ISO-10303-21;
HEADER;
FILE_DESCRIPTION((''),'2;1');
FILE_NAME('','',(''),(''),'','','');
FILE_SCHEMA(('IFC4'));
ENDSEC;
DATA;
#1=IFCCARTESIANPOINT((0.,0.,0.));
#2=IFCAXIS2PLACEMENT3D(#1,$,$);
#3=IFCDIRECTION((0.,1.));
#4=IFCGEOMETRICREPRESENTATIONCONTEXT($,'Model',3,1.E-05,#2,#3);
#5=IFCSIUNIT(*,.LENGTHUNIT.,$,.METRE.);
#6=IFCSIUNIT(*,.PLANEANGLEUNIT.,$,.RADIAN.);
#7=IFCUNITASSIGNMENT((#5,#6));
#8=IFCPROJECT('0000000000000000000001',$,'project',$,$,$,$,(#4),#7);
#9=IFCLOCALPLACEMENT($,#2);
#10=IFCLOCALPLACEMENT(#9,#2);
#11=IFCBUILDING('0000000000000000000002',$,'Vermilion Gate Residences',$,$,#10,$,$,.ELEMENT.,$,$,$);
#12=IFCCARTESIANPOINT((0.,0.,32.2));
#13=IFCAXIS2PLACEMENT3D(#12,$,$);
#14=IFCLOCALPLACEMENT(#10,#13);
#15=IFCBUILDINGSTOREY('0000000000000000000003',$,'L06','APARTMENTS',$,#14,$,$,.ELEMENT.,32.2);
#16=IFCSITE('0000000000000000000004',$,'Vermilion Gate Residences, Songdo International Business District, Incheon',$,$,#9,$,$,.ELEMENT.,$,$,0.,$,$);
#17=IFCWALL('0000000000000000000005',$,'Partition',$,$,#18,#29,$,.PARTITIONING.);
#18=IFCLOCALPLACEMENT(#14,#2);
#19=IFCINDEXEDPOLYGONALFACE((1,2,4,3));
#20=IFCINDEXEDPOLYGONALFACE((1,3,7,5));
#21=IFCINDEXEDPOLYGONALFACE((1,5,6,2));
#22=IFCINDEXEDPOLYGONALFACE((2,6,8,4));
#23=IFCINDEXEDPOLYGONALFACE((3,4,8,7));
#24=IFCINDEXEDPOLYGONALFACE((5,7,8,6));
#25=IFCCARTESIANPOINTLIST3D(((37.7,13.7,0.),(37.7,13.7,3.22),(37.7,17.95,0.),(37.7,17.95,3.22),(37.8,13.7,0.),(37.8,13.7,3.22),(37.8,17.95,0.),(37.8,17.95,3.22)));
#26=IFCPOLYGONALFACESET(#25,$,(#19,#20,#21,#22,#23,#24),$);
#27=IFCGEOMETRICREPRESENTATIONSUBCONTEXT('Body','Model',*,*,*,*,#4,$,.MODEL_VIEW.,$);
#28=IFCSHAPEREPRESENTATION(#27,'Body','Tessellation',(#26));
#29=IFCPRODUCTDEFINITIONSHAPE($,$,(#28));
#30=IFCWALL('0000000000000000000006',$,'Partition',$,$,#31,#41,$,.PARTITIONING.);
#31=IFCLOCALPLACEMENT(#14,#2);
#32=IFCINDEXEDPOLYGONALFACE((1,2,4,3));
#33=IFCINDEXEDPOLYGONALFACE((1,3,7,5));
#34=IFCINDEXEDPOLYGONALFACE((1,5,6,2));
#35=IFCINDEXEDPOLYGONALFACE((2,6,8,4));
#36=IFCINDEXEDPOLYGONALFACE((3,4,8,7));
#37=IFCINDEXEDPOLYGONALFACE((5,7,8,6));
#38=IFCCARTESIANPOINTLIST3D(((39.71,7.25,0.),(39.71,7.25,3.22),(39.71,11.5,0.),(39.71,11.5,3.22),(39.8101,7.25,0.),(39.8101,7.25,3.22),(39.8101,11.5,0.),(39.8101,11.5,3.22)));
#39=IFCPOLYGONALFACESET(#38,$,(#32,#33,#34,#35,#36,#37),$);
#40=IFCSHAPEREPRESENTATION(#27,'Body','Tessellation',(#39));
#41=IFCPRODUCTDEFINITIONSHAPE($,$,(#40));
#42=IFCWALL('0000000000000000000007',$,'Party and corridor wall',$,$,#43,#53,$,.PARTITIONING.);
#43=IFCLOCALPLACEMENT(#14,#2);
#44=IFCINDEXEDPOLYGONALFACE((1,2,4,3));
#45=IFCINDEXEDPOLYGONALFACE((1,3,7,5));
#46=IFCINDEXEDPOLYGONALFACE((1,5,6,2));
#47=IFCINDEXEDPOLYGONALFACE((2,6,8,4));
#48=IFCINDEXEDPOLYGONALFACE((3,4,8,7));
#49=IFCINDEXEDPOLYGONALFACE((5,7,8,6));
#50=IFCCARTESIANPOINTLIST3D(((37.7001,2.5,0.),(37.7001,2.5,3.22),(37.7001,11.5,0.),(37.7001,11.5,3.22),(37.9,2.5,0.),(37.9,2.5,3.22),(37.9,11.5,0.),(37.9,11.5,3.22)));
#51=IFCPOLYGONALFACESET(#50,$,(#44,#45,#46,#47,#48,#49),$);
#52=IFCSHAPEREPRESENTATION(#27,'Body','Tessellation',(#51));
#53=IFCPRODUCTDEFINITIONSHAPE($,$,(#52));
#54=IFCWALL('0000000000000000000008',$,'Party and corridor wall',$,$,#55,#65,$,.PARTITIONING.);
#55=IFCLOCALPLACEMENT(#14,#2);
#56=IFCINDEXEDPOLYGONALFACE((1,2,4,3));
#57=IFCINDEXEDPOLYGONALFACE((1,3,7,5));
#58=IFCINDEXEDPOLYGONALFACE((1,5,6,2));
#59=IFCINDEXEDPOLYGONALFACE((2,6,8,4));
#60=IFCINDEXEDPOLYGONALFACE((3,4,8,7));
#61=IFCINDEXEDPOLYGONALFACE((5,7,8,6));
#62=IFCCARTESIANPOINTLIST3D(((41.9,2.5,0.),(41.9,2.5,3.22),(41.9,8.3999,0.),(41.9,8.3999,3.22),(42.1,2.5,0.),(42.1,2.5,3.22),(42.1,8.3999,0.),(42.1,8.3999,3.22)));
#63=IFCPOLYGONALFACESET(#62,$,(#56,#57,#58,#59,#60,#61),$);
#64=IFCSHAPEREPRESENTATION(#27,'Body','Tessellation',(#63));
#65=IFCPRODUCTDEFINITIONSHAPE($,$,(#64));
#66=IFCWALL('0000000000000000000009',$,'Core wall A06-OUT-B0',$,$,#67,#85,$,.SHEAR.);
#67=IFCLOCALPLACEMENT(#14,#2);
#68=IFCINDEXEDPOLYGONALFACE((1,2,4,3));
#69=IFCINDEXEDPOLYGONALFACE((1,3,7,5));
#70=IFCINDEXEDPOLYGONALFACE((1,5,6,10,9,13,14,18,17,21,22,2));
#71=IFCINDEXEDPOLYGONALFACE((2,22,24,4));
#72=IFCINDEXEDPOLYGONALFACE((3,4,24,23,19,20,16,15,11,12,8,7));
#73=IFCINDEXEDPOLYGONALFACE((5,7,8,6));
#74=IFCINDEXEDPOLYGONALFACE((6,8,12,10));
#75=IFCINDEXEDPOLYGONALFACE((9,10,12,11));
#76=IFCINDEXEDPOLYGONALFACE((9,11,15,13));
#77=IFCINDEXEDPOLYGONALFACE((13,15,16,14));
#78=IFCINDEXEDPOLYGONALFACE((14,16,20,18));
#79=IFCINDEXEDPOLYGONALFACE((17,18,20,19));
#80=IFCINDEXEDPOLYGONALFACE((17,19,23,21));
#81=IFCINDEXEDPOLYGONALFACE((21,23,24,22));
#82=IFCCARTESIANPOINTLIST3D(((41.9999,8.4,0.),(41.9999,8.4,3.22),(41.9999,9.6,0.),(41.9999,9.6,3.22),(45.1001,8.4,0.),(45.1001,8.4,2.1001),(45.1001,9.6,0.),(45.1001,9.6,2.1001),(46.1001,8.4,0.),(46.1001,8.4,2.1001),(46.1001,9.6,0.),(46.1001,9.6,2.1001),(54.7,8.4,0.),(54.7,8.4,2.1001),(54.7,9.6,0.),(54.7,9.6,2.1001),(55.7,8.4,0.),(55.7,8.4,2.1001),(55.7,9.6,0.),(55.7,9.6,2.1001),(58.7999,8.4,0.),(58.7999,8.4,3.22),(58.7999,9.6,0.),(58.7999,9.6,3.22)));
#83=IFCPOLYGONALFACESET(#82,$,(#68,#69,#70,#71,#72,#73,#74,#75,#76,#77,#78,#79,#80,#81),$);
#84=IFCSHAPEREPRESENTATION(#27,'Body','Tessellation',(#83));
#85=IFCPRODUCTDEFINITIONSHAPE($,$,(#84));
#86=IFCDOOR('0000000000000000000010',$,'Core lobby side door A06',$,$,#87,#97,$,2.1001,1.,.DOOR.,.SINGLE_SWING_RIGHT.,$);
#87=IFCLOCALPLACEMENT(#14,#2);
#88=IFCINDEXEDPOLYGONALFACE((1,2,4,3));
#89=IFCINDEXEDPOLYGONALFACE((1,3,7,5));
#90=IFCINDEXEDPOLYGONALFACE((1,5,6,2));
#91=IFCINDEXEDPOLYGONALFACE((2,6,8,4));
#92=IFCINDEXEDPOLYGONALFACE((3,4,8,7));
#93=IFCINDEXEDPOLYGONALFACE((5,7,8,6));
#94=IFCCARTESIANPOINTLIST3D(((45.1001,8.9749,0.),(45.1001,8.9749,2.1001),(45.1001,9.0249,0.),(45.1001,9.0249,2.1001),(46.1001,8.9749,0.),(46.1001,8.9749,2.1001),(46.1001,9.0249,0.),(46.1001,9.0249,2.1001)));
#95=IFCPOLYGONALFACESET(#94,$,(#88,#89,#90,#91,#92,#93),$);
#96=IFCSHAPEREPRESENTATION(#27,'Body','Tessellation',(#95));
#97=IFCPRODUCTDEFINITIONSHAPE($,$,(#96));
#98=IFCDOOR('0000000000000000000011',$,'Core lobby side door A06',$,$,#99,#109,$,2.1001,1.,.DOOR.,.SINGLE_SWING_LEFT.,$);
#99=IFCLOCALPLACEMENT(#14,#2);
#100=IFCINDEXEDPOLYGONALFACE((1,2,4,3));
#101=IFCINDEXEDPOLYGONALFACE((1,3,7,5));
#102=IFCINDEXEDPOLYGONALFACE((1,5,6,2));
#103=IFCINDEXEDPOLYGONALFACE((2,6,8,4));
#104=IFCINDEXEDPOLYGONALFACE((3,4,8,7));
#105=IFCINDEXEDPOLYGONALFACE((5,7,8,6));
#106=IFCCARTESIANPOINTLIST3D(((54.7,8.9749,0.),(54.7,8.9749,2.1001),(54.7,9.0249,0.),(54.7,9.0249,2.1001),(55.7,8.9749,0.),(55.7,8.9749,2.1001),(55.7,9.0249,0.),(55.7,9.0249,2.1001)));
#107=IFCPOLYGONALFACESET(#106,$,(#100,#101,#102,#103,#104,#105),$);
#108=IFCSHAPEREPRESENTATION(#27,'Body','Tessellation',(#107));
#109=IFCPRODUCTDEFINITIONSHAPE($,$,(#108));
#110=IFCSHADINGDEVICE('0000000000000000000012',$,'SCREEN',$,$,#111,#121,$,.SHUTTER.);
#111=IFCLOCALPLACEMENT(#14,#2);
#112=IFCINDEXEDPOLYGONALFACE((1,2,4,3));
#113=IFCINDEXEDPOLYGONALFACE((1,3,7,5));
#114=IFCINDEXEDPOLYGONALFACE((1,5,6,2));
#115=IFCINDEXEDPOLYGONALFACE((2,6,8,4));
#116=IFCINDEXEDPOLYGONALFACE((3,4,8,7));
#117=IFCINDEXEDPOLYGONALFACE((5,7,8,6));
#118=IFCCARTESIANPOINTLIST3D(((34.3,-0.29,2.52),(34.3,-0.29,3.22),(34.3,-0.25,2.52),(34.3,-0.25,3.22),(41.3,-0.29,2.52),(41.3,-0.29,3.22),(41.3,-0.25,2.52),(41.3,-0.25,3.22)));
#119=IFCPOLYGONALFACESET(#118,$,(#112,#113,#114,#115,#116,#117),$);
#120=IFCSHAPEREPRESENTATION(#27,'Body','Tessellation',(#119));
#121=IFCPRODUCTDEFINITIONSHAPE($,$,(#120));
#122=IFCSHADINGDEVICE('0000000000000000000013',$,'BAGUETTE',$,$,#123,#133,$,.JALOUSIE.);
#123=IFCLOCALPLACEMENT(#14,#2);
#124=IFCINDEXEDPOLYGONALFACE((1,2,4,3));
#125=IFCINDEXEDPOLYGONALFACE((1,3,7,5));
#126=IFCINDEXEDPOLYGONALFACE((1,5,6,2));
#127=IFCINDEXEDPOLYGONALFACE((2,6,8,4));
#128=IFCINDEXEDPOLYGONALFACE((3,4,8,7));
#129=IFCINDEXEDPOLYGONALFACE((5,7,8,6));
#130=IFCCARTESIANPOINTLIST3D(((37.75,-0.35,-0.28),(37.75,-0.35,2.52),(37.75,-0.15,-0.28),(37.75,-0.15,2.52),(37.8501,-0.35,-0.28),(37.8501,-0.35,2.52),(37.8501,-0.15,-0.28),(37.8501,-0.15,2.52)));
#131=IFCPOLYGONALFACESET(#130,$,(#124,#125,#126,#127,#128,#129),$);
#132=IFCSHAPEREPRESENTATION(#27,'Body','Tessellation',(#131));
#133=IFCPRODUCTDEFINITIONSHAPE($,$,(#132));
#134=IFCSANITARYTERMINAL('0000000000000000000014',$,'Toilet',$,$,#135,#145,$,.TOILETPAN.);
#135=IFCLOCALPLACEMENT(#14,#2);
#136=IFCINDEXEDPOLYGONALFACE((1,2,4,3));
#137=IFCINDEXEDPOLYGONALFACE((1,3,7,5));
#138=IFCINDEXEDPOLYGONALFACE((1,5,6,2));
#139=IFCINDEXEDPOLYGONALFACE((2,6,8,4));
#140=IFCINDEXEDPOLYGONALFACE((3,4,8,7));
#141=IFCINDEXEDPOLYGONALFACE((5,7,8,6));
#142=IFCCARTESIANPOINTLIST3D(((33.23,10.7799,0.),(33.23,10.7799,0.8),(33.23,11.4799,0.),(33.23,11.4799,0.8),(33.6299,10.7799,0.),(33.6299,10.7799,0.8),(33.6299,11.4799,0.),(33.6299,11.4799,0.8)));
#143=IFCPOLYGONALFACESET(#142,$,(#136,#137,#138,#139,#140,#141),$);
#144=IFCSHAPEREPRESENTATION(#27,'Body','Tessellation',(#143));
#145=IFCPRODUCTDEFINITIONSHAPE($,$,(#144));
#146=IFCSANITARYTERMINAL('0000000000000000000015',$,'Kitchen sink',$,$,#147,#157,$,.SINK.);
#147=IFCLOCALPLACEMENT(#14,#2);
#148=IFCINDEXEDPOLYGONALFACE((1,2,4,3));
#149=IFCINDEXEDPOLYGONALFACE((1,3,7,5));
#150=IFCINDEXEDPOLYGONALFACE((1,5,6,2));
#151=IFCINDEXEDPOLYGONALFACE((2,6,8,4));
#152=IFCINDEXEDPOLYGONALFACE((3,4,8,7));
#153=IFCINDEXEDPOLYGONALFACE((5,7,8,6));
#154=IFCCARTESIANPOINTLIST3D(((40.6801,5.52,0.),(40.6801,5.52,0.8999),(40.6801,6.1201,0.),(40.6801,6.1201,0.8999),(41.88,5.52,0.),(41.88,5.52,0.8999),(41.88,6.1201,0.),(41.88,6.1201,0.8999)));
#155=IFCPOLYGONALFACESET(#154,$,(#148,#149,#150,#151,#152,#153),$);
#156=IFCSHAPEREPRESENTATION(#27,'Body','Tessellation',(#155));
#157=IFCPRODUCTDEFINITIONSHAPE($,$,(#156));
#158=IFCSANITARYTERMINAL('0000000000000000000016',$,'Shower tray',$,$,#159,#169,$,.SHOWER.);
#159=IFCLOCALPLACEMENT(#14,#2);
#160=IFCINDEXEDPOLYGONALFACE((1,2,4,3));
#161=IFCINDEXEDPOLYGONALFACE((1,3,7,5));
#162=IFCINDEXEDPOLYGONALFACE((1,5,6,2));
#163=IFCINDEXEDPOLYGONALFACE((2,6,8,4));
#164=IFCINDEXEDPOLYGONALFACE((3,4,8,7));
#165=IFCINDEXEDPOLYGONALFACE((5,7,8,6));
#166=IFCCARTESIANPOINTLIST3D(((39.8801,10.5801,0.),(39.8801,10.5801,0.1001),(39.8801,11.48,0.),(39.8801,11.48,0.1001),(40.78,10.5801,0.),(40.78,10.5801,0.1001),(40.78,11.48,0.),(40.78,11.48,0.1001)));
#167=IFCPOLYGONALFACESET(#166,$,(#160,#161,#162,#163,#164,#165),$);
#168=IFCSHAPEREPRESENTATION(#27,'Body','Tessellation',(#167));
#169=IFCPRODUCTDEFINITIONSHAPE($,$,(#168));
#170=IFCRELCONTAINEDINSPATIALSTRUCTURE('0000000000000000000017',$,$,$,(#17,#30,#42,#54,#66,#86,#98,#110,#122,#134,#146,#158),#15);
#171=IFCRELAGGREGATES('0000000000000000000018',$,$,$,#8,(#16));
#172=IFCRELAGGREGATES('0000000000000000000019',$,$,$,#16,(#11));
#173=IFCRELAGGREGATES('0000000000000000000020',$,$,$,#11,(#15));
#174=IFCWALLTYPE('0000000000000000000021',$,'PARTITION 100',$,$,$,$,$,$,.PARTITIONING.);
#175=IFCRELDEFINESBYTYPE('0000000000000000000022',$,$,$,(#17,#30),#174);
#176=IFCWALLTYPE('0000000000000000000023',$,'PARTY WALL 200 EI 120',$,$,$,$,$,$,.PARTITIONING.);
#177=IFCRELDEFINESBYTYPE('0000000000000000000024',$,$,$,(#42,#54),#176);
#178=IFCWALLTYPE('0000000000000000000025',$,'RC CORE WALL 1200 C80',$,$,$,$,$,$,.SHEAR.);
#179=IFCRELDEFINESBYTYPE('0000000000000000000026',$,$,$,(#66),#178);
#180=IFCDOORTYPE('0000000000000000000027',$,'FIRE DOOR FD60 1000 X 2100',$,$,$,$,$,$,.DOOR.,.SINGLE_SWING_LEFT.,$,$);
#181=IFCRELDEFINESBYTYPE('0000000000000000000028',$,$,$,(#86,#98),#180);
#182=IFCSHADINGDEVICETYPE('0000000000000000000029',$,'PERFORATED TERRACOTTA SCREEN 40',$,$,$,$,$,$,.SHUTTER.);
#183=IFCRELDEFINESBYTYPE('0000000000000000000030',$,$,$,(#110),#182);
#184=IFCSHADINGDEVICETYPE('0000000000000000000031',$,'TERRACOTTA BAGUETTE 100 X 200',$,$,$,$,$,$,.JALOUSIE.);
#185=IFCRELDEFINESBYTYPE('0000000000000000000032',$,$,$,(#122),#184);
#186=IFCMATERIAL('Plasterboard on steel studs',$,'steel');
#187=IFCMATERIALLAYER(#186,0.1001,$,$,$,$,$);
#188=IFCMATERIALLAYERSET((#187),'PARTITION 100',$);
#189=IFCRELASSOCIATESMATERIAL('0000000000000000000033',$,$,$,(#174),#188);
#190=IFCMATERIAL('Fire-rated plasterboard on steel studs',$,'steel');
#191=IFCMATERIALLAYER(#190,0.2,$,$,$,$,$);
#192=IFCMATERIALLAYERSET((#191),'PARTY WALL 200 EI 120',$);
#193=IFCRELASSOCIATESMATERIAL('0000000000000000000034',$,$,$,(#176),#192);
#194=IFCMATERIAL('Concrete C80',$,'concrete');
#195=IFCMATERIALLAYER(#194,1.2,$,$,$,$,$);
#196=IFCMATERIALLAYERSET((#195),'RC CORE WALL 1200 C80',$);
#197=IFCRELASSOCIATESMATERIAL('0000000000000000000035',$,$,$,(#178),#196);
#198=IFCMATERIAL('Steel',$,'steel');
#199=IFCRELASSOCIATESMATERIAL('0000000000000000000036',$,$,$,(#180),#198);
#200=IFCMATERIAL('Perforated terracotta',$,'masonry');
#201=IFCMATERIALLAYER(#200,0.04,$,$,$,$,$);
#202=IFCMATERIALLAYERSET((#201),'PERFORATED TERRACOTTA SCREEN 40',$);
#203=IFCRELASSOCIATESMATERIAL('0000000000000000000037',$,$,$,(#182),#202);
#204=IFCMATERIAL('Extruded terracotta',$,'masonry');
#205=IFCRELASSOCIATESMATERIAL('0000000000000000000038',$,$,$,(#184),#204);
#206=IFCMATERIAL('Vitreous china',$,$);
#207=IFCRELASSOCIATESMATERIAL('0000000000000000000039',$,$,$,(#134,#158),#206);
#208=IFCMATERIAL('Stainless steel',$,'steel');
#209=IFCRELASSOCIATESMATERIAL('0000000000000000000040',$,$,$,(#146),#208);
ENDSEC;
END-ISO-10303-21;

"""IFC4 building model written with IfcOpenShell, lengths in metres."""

from ifc_helpers import new_model, si_unit, direction, frame, frame_2d, origin, origin_2d, place, context, subcontext, project, spatial, rectangle, extrude, material, layer, layer_set, material_profile, profile_set, type_object, element, fill, save


model = new_model("IFC4")

# Units and contexts
model_context = context("Model", 3, precision=1e-05, world=origin(), true_north=direction((0.0, 1.0)))
body_context = subcontext(model_context, "Body", "Model", "MODEL_VIEW")
ifc_project = project(units=[si_unit("LENGTHUNIT", "METRE"), si_unit("PLANEANGLEUNIT", "RADIAN")], contexts=[model_context])

# Site, building, storey
site_placement = place(None, origin())
site = spatial("IfcSite", under=ifc_project, at=site_placement, Name="Vermilion Gate Residences, Songdo International Business District, Incheon", CompositionType="ELEMENT", RefElevation=0.0)
building_placement = place(site_placement, origin())
building = spatial("IfcBuilding", under=site, at=building_placement, Name="Vermilion Gate Residences", CompositionType="ELEMENT")
storey_placement = place(building_placement, frame((0.0, 0.0, 32.2)))
storey = spatial("IfcBuildingStorey", under=building, at=storey_placement, Name="L06", Description="APARTMENTS", CompositionType="ELEMENT", Elevation=32.2)

# Shared definitions
ifc_material_1 = material(Name="Plasterboard on steel studs", Category="steel")
ifc_layer_1 = layer(ifc_material_1, 0.1001)
ifc_layer_set_1 = layer_set([ifc_layer_1], Name="PARTITION 100")
wall_type_1 = type_object("IfcWallType", Name="PARTITION 100", PredefinedType="PARTITIONING", material=ifc_layer_set_1)

# Walls
for number, where, z_axis, x_axis, name in (
    (1, (37.75, 13.7, 0.0), (0.0, 0.0, 1.0), (0.0, 1.0, 0.0), "Partition"),
    (2, (39.76, 7.25, 0.0), (0.0, 0.0, 1.0), (0.0, 1.0, 0.0), "Partition"),
):
    element("IfcWall", number, at=place(storey_placement, frame(where, z_axis=z_axis, x_axis=x_axis)), inside=storey, type_object=wall_type_1, Name=name, PredefinedType="PARTITIONING", context=body_context, shape_type="SweptSolid", body=[
        extrude(rectangle(XDim=4.25, YDim=0.1001, at=frame_2d((2.125, 0.0))), origin(), (0.0, 0.0, 1.0), 3.22),
    ])
ifc_material_2 = material(Name="Fire-rated plasterboard on steel studs", Category="steel")
ifc_layer_2 = layer(ifc_material_2, 0.2)
ifc_layer_set_2 = layer_set([ifc_layer_2], Name="PARTY WALL 200 EI 120")
wall_type_2 = type_object("IfcWallType", Name="PARTY WALL 200 EI 120", PredefinedType="PARTITIONING", material=ifc_layer_set_2)
wall_1_placement = place(storey_placement, frame((37.8, 2.5, 0.0), z_axis=(0.0, 0.0, 1.0), x_axis=(0.0, 1.0, 0.0)))
element("IfcWall", 3, at=wall_1_placement, inside=storey, type_object=wall_type_2, Name="Party and corridor wall", PredefinedType="PARTITIONING", context=body_context, shape_type="SweptSolid", body=[
    extrude(rectangle(XDim=9.0, YDim=0.2, at=frame_2d((4.5, 0.0))), origin(), (0.0, 0.0, 1.0), 3.22),
])
wall_2_placement = place(storey_placement, frame((42.0, 2.5, 0.0), z_axis=(0.0, 0.0, 1.0), x_axis=(0.0, 1.0, 0.0)))
element("IfcWall", 4, at=wall_2_placement, inside=storey, type_object=wall_type_2, Name="Party and corridor wall", PredefinedType="PARTITIONING", context=body_context, shape_type="SweptSolid", body=[
    extrude(rectangle(XDim=5.8999, YDim=0.2, at=frame_2d((2.95, 0.0))), origin(), (0.0, 0.0, 1.0), 3.22),
])

# Wall, openings, doors
ifc_material_3 = material(Name="Concrete C80", Category="concrete")
ifc_layer_3 = layer(ifc_material_3, 1.2)
ifc_layer_set_3 = layer_set([ifc_layer_3], Name="RC CORE WALL 1200 C80")
wall_type_3 = type_object("IfcWallType", Name="RC CORE WALL 1200 C80", PredefinedType="SHEAR", material=ifc_layer_set_3)
wall_3_placement = place(storey_placement, frame((42.0, 9.0, 0.0), z_axis=(0.0, 0.0, 1.0), x_axis=(1.0, 0.0, 0.0)))
wall_3 = element("IfcWall", 5, at=wall_3_placement, inside=storey, type_object=wall_type_3, Name="Core wall A06-OUT-B0", PredefinedType="SHEAR", context=body_context, shape_type="SweptSolid", body=[
    extrude(rectangle(XDim=16.8, YDim=1.2, at=frame_2d((8.3999, 0.0))), origin(), (0.0, 0.0, 1.0), 3.22),
])
opening_1_placement = place(wall_3_placement, frame((3.1001, 0.0, 0.0)))
opening_1 = element("IfcOpeningElement", 6, at=opening_1_placement, cuts=wall_3, PredefinedType="OPENING", context=body_context, shape_type="SweptSolid", body=[
    extrude(rectangle(XDim=1.0, YDim=2.1001, at=frame_2d((0.5, 1.05))), frame((0.0, 0.6099, 0.0), z_axis=(0.0, -1.0, 0.0), x_axis=(1.0, 0.0, 0.0)), (0.0, 0.0, 1.0), 1.22),
])
opening_2_placement = place(wall_3_placement, frame((12.7, 0.0, 0.0)))
opening_2 = element("IfcOpeningElement", 7, at=opening_2_placement, cuts=wall_3, PredefinedType="OPENING", context=body_context, shape_type="SweptSolid", body=[
    extrude(rectangle(XDim=1.0, YDim=2.1001, at=frame_2d((0.5, 1.05))), frame((0.0, 0.6099, 0.0), z_axis=(0.0, -1.0, 0.0), x_axis=(1.0, 0.0, 0.0)), (0.0, 0.0, 1.0), 1.22),
])
ifc_material_4 = material(Name="Steel", Category="steel")
door_type_1 = type_object("IfcDoorType", Name="FIRE DOOR FD60 1000 X 2100", OperationType="SINGLE_SWING_LEFT", PredefinedType="DOOR", material=ifc_material_4)
door_1_placement = place(opening_1_placement, origin())
door_1 = element("IfcDoor", 8, at=door_1_placement, inside=storey, type_object=door_type_1, Name="Core lobby side door A06", OperationType="SINGLE_SWING_RIGHT", OverallHeight=2.1001, OverallWidth=1.0, PredefinedType="DOOR", context=body_context, shape_type="SweptSolid", body=[
    extrude(rectangle(XDim=1.0, YDim=2.1001, at=frame_2d((0.5, 1.05))), frame((0.0, 0.0249, 0.0), z_axis=(0.0, -1.0, 0.0), x_axis=(1.0, 0.0, 0.0)), (0.0, 0.0, 1.0), 0.05),
])
fill(opening_1, door_1)
door_2_placement = place(opening_2_placement, origin())
door_2 = element("IfcDoor", 9, at=door_2_placement, inside=storey, type_object=door_type_1, Name="Core lobby side door A06", OperationType="SINGLE_SWING_LEFT", OverallHeight=2.1001, OverallWidth=1.0, PredefinedType="DOOR", context=body_context, shape_type="SweptSolid", body=[
    extrude(rectangle(XDim=1.0, YDim=2.1001, at=frame_2d((0.5, 1.05))), frame((0.0, 0.0249, 0.0), z_axis=(0.0, -1.0, 0.0), x_axis=(1.0, 0.0, 0.0)), (0.0, 0.0, 1.0), 0.05),
])
fill(opening_2, door_2)

# Shading devices
ifc_material_5 = material(Name="Perforated terracotta", Category="masonry")
ifc_layer_4 = layer(ifc_material_5, 0.04)
ifc_layer_set_4 = layer_set([ifc_layer_4], Name="PERFORATED TERRACOTTA SCREEN 40")
shading_device_type_1 = type_object("IfcShadingDeviceType", Name="PERFORATED TERRACOTTA SCREEN 40", PredefinedType="SHUTTER", material=ifc_layer_set_4)
shading_device_1_placement = place(storey_placement, frame((37.8, -0.27, 2.52), z_axis=(0.0, 0.0, 1.0), x_axis=(1.0, 0.0, 0.0)))
element("IfcShadingDevice", 10, at=shading_device_1_placement, inside=storey, type_object=shading_device_type_1, Name="SCREEN", PredefinedType="SHUTTER", context=body_context, shape_type="SweptSolid", body=[
    extrude(rectangle(XDim=7.0, YDim=0.04, at=origin_2d()), origin(), (0.0, 0.0, 1.0), 0.7),
])
ifc_material_6 = material(Name="Extruded terracotta", Category="masonry")
ifc_material_profile_1 = material_profile(ifc_material_6, rectangle(XDim=0.2, YDim=0.1001, at=origin_2d()), Name="BAGUETTE 100 X 200")
ifc_profile_set_1 = profile_set([ifc_material_profile_1], Name="Extruded terracotta")
shading_device_type_2 = type_object("IfcShadingDeviceType", Name="TERRACOTTA BAGUETTE 100 X 200", PredefinedType="JALOUSIE", material=ifc_profile_set_1)
shading_device_2_placement = place(storey_placement, frame((37.8, -0.25, -0.28), z_axis=(0.0, 0.0, 1.0), x_axis=(0.0, 1.0, 0.0)))
element("IfcShadingDevice", 11, at=shading_device_2_placement, inside=storey, type_object=shading_device_type_2, Name="BAGUETTE", PredefinedType="JALOUSIE", context=body_context, shape_type="SweptSolid", body=[
    extrude(rectangle(XDim=0.2, YDim=0.1001, at=origin_2d()), origin(), (0.0, 0.0, 1.0), 2.8),
])

# Sanitary terminals
ifc_material_7 = material(Name="Vitreous china")
sanitary_terminal_1_placement = place(storey_placement, frame((33.4299, 11.1299, 0.0), z_axis=(0.0, 0.0, 1.0), x_axis=(1.0, 0.0, 0.0)))
element("IfcSanitaryTerminal", 12, at=sanitary_terminal_1_placement, inside=storey, material=ifc_material_7, Name="Toilet", PredefinedType="TOILETPAN", context=body_context, shape_type="SweptSolid", body=[
    extrude(rectangle(XDim=0.3999, YDim=0.7, at=origin_2d()), origin(), (0.0, 0.0, 1.0), 0.8),
])
ifc_material_8 = material(Name="Stainless steel", Category="steel")
sanitary_terminal_2_placement = place(storey_placement, frame((41.28, 5.8201, 0.0), z_axis=(0.0, 0.0, 1.0), x_axis=(1.0, 0.0, 0.0)))
element("IfcSanitaryTerminal", 13, at=sanitary_terminal_2_placement, inside=storey, material=ifc_material_8, Name="Kitchen sink", PredefinedType="SINK", context=body_context, shape_type="SweptSolid", body=[
    extrude(rectangle(XDim=1.2, YDim=0.6001, at=origin_2d()), origin(), (0.0, 0.0, 1.0), 0.8999),
])
sanitary_terminal_3_placement = place(storey_placement, frame((40.3301, 11.03, 0.0), z_axis=(0.0, 0.0, 1.0), x_axis=(1.0, 0.0, 0.0)))
element("IfcSanitaryTerminal", 14, at=sanitary_terminal_3_placement, inside=storey, material=ifc_material_7, Name="Shower tray", PredefinedType="SHOWER", context=body_context, shape_type="SweptSolid", body=[
    extrude(rectangle(XDim=0.8999, YDim=0.8999, at=origin_2d()), origin(), (0.0, 0.0, 1.0), 0.1001),
])

save(model, "model.ifc")
